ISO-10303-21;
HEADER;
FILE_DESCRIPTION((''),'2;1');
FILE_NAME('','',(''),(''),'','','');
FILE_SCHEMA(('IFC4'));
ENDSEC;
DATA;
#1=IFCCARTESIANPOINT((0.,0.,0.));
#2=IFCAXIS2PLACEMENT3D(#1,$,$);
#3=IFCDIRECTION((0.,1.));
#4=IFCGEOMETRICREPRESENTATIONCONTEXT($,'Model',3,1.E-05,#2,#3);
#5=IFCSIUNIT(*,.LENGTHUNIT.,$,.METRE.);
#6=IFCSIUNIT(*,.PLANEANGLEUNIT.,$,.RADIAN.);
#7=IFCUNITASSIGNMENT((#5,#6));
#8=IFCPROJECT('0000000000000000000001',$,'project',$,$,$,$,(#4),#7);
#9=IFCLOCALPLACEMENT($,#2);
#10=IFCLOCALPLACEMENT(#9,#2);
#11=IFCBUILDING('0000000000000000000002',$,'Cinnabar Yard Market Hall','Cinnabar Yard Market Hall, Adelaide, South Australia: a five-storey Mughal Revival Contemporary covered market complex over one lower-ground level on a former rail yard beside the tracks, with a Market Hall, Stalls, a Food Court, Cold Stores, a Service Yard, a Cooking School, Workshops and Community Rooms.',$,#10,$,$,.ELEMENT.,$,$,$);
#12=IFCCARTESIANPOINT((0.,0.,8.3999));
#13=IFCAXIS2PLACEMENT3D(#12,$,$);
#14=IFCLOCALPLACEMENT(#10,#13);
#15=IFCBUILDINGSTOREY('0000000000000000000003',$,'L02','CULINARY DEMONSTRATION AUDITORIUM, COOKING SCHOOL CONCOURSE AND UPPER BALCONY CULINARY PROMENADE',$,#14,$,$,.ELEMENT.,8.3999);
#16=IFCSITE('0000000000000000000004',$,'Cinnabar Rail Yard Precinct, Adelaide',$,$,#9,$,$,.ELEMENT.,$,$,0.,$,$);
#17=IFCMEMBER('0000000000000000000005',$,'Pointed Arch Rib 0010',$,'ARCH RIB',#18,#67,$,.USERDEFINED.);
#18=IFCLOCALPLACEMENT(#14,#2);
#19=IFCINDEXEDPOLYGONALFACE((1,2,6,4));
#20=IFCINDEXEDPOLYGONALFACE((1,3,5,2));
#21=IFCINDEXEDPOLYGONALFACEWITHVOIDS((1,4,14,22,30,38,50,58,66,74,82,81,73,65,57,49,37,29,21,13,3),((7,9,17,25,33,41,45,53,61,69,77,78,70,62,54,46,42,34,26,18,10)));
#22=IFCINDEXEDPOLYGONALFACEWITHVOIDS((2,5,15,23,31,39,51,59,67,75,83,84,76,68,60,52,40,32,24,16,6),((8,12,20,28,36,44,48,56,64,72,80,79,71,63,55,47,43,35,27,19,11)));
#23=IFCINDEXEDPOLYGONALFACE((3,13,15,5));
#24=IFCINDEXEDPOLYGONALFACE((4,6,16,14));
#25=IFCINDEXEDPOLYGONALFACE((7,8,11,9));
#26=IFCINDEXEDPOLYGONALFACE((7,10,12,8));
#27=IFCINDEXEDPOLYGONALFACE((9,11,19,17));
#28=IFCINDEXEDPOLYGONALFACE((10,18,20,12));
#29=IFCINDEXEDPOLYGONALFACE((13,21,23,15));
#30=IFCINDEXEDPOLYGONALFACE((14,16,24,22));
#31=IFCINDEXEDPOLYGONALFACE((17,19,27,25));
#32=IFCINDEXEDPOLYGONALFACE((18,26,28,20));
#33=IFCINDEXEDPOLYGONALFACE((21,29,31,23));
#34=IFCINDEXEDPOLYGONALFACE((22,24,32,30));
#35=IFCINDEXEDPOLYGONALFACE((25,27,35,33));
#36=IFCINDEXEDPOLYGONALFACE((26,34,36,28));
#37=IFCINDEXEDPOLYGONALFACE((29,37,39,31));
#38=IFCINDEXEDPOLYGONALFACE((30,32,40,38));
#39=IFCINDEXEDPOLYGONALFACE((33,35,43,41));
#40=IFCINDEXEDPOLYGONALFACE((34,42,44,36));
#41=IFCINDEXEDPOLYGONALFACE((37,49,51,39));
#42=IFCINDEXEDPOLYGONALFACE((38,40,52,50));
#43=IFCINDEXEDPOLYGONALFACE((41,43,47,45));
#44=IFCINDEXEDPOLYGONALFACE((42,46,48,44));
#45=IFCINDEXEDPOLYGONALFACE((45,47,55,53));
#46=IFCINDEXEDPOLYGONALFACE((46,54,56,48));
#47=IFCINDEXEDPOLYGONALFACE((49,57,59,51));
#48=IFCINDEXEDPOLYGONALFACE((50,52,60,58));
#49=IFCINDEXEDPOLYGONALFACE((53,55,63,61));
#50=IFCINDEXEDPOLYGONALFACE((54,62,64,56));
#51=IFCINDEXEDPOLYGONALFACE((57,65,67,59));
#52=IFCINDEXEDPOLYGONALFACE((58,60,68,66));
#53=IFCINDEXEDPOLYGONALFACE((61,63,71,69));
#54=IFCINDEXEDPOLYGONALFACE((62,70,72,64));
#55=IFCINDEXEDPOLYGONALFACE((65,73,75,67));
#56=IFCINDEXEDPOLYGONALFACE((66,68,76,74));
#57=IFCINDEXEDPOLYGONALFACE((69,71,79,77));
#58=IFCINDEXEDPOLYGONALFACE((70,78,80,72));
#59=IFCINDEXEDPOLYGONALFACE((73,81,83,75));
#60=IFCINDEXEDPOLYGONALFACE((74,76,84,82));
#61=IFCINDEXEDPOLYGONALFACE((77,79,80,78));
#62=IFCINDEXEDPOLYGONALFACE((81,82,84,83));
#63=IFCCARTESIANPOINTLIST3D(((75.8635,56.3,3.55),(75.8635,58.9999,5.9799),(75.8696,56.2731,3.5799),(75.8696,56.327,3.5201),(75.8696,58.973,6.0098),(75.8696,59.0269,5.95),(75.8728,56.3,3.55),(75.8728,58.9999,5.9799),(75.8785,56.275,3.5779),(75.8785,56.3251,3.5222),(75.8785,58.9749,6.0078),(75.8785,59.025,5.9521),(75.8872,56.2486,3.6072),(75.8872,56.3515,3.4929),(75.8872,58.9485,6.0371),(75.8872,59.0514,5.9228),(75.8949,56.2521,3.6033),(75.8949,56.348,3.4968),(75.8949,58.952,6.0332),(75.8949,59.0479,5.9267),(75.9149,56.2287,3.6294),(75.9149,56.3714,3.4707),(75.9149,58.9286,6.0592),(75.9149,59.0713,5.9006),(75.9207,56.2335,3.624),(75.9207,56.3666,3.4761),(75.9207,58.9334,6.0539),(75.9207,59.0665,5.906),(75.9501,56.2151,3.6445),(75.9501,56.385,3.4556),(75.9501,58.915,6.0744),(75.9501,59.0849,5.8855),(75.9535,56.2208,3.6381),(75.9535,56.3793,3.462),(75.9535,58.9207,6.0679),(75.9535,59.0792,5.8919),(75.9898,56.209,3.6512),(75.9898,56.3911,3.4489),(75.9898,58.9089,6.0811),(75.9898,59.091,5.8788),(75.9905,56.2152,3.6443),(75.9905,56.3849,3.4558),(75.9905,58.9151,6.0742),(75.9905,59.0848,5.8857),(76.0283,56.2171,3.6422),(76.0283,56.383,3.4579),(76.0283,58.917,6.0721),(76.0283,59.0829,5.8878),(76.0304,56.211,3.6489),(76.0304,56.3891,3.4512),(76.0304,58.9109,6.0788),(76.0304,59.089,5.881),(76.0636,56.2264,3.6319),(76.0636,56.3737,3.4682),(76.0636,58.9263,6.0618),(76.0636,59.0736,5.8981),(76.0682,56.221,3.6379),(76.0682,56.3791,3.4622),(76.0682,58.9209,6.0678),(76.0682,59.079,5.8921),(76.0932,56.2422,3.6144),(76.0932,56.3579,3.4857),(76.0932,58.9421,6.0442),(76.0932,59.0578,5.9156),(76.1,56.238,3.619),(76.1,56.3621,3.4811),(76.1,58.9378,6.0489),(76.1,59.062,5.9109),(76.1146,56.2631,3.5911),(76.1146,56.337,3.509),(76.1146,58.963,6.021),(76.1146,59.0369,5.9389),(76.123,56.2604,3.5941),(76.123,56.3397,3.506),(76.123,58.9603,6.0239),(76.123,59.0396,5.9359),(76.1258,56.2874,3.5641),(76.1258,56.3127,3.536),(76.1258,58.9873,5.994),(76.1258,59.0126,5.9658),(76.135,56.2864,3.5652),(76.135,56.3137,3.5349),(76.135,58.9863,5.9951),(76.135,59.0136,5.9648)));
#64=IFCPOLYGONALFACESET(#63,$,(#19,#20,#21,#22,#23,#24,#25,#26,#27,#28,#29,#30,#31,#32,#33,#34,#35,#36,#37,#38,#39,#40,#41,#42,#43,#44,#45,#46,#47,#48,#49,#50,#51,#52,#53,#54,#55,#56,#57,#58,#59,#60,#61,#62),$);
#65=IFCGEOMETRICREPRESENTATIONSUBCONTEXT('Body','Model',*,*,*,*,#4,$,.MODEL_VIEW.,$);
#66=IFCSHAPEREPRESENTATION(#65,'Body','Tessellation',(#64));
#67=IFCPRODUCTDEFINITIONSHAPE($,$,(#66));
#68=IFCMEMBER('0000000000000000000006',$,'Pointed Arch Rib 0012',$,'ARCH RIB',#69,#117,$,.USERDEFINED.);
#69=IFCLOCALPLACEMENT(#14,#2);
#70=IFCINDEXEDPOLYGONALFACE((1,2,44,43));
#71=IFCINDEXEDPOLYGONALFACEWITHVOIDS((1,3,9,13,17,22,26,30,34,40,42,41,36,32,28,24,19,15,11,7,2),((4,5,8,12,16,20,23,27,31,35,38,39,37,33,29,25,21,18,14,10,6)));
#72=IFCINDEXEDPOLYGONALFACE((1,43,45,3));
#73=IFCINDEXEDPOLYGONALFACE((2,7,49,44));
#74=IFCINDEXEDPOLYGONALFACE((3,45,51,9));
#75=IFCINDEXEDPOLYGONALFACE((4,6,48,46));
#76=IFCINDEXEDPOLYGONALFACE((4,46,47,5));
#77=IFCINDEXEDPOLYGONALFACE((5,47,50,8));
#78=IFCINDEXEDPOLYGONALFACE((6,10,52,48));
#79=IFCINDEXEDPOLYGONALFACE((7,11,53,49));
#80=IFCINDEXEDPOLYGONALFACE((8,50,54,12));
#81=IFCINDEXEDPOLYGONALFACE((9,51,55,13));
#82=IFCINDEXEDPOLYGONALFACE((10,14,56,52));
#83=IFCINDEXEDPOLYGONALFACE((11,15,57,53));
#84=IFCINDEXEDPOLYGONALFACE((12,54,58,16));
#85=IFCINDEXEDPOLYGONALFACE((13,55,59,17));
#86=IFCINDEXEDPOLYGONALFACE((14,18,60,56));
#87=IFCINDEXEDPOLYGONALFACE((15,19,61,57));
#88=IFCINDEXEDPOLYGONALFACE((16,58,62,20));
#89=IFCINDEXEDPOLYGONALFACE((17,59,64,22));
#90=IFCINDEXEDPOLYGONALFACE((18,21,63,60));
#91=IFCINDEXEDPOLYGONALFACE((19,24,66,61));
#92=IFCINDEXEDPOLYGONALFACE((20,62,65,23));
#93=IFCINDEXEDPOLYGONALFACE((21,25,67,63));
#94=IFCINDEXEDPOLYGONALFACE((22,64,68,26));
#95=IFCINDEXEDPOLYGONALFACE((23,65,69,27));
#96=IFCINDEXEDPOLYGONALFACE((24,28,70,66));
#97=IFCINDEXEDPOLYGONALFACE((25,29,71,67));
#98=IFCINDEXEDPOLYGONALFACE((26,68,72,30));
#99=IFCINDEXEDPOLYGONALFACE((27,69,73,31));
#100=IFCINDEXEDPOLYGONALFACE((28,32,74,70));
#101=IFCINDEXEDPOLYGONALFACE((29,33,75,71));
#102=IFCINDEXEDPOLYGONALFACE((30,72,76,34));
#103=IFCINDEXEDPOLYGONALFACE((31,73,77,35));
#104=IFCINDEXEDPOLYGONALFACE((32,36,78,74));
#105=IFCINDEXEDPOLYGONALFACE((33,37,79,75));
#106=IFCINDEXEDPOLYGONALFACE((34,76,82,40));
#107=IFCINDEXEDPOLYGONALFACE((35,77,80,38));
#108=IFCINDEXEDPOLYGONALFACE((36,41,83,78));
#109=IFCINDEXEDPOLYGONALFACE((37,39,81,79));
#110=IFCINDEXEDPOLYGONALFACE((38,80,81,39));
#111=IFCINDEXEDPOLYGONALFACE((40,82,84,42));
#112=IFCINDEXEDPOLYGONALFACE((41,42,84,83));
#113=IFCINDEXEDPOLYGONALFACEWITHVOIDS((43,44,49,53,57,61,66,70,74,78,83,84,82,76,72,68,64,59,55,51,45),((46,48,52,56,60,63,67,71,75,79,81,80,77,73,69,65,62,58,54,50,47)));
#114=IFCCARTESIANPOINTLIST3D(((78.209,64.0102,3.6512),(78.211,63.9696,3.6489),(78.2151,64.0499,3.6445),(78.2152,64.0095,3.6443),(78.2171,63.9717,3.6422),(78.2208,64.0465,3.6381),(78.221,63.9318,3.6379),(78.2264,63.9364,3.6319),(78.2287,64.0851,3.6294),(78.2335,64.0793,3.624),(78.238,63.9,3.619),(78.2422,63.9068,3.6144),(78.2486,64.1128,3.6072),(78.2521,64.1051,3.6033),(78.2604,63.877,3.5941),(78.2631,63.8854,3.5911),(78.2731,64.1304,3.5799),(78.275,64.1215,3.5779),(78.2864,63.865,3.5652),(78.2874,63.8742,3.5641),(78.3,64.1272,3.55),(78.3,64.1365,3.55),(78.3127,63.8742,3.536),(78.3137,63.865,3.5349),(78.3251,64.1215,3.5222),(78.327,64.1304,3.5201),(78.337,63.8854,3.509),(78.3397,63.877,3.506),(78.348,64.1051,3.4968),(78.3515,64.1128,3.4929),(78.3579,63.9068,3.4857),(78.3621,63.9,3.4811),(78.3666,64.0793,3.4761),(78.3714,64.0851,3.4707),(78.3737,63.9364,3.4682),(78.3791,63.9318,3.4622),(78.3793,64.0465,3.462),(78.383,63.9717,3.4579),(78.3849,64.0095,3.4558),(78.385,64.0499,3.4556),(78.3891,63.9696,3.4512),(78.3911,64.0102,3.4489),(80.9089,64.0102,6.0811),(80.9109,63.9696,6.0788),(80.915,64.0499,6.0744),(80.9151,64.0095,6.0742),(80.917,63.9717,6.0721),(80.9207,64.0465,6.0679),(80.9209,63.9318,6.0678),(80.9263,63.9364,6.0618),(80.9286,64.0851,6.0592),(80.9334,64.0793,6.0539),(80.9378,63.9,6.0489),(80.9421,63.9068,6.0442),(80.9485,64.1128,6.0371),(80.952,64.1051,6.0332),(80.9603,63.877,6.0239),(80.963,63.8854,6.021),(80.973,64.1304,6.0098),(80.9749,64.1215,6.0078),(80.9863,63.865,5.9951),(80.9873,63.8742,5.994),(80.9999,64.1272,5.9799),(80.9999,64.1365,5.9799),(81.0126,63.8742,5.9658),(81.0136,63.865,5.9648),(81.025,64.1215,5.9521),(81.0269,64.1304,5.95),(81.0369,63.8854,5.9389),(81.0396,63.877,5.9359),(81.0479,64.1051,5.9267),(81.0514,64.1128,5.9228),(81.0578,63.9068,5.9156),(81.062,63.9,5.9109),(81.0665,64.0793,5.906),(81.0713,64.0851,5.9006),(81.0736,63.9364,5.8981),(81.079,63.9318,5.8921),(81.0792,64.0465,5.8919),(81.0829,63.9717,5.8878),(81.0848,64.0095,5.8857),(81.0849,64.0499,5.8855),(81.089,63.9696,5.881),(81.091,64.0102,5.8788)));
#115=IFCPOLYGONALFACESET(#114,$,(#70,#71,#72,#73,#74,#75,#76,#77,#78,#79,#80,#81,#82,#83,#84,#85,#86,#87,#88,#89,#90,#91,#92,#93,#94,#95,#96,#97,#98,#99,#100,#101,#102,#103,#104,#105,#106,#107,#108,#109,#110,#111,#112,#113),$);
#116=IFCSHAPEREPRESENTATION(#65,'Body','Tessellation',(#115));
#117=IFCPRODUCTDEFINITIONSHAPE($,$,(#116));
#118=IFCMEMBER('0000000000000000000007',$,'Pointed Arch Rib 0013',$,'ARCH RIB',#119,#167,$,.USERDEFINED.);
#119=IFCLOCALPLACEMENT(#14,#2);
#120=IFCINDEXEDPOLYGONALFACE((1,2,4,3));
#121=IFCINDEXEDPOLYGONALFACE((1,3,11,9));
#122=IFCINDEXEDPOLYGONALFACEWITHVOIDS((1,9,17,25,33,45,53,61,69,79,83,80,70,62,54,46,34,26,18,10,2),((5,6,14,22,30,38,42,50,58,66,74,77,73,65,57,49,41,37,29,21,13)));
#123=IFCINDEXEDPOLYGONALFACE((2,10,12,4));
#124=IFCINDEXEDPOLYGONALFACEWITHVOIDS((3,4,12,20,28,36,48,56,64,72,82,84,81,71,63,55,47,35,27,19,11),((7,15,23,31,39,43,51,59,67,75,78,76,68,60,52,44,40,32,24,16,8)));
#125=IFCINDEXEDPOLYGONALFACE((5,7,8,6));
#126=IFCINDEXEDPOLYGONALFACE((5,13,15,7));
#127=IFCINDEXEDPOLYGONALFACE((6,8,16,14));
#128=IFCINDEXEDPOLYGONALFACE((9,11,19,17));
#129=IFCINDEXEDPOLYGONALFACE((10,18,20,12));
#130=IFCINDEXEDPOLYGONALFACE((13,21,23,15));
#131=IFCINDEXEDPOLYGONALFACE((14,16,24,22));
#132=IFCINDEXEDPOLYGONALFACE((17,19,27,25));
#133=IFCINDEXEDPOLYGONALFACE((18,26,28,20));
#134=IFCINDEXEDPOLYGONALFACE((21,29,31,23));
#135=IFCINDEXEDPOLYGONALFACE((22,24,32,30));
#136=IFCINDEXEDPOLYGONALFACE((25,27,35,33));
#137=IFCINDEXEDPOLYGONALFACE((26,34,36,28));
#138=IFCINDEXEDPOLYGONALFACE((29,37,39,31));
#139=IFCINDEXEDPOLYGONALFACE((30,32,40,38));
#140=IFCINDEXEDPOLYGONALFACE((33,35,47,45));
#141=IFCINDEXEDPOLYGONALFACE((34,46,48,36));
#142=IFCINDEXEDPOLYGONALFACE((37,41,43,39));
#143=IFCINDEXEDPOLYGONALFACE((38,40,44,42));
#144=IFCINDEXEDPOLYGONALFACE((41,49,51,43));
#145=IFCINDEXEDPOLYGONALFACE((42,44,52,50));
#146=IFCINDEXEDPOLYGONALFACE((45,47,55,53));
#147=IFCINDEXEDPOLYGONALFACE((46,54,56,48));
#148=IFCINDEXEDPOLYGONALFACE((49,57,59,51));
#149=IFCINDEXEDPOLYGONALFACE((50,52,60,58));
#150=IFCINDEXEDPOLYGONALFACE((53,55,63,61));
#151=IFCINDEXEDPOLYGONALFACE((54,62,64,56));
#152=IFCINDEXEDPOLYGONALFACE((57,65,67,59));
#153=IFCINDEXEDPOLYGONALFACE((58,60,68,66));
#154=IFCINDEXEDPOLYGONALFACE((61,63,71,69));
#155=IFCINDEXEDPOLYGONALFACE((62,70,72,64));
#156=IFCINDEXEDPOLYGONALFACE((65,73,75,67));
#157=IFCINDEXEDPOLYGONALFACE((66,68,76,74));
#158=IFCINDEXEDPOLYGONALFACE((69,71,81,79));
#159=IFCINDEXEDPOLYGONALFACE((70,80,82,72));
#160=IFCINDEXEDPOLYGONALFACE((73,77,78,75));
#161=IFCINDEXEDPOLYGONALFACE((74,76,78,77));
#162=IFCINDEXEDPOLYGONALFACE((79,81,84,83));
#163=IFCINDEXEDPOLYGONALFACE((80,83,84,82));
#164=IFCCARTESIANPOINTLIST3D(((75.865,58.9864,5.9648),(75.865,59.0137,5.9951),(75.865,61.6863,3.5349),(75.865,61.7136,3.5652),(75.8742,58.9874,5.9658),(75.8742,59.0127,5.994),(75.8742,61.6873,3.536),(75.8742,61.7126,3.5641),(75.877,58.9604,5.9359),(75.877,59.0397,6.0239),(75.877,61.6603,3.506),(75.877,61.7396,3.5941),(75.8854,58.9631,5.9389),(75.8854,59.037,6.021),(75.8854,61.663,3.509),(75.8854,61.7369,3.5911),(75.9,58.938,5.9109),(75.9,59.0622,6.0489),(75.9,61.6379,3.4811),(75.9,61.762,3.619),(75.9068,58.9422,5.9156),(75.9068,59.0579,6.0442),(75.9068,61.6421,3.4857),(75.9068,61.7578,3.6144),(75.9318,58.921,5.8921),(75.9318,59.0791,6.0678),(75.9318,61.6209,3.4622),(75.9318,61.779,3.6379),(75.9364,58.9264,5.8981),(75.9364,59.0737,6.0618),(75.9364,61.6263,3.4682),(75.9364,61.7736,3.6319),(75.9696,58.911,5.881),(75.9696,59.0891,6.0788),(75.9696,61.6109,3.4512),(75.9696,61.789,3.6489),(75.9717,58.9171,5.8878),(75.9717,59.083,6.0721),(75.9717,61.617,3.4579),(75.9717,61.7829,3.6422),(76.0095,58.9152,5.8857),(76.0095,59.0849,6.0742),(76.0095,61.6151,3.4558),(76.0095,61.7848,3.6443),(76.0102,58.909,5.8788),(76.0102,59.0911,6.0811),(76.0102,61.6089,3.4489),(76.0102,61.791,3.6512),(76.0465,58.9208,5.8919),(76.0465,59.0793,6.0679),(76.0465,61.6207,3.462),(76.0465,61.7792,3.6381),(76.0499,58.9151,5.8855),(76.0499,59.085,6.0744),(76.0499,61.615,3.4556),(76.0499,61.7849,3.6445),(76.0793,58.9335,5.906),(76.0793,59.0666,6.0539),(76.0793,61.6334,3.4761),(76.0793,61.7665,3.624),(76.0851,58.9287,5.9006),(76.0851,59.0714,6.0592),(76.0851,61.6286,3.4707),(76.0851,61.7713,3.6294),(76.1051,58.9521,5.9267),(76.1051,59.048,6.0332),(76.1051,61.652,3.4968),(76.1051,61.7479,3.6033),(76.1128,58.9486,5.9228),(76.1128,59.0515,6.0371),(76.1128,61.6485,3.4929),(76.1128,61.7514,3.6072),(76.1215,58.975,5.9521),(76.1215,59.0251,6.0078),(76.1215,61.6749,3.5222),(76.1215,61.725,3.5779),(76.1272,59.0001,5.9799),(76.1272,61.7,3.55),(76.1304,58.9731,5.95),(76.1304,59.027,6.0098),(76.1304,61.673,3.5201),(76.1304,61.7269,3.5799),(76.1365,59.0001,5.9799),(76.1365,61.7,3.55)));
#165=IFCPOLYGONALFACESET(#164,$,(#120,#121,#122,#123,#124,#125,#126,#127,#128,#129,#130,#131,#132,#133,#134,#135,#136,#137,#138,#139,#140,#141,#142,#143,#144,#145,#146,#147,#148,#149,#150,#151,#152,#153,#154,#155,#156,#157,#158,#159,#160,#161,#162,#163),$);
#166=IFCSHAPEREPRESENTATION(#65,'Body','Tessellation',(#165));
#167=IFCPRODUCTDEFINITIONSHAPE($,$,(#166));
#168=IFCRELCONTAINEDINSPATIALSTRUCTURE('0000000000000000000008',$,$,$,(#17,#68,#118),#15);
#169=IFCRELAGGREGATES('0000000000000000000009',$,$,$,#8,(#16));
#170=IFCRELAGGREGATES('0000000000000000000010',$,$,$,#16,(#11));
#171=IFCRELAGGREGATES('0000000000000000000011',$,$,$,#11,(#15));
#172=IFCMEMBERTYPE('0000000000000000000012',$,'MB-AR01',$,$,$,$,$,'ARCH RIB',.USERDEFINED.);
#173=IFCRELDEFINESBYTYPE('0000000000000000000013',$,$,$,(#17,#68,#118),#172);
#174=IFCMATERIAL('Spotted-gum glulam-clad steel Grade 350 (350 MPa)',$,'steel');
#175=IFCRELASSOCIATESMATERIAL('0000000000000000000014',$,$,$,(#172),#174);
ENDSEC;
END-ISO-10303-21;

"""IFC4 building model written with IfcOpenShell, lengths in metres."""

from ifc_helpers import new_model, si_unit, direction, frame, origin, origin_2d_with_axis, place, context, subcontext, project, spatial, hollow_circle, extrude, material, material_profile, profile_set, type_object, element, save


model = new_model("IFC4")

# Units and contexts
model_context = context("Model", 3, precision=1e-05, world=origin(), true_north=direction((0.0, 1.0)))
body_context = subcontext(model_context, "Body", "Model", "MODEL_VIEW")
ifc_project = project(units=[si_unit("LENGTHUNIT", "METRE"), si_unit("PLANEANGLEUNIT", "RADIAN")], contexts=[model_context])

# Site, building, storey
site_placement = place(None, origin())
site = spatial("IfcSite", under=ifc_project, at=site_placement, Name="Cinnabar Rail Yard Precinct, Adelaide", CompositionType="ELEMENT", RefElevation=0.0)
building_placement = place(site_placement, origin())
building = spatial("IfcBuilding", under=site, at=building_placement, Name="Cinnabar Yard Market Hall", Description="Cinnabar Yard Market Hall, Adelaide, South Australia: a five-storey Mughal Revival Contemporary covered market complex over one lower-ground level on a former rail yard beside the tracks, with a Market Hall, Stalls, a Food Court, Cold Stores, a Service Yard, a Cooking School, Workshops and Community Rooms.", CompositionType="ELEMENT")
storey_placement = place(building_placement, frame((0.0, 0.0, 8.3999)))
storey = spatial("IfcBuildingStorey", under=building, at=storey_placement, Name="L02", Description="CULINARY DEMONSTRATION AUDITORIUM, COOKING SCHOOL CONCOURSE AND UPPER BALCONY CULINARY PROMENADE", CompositionType="ELEMENT", Elevation=8.3999)

# Shared definitions
ifc_material_1 = material(Name="Spotted-gum glulam-clad steel Grade 350 (350 MPa)", Category="steel")

# Members
ifc_material_profile_1 = material_profile(ifc_material_1, hollow_circle(Radius=0.1365, WallThickness=0.0093, at=origin_2d_with_axis()), Name="273.1x9.3CHS")
ifc_profile_set_1 = profile_set([ifc_material_profile_1], Name="Spotted-gum glulam-clad steel Grade 350 (350 MPa)")
member_type_1 = type_object("IfcMemberType", Name="MB-AR01", ElementType="ARCH RIB", PredefinedType="USERDEFINED", material=ifc_profile_set_1)
for number, where, z_axis, x_axis, name in (
    (1, (76.0, 56.3, 3.55), (0.0, 0.743297, 0.668961), (-1.0, 0.0, 0.0), "Pointed Arch Rib 0010"),
    (2, (78.3, 64.0, 3.55), (0.743297, 0.0, 0.668961), (0.0, 1.0, 0.0), "Pointed Arch Rib 0012"),
    (3, (76.0, 61.7, 3.55), (0.0, -0.743297, 0.668961), (1.0, 0.0, 0.0), "Pointed Arch Rib 0013"),
):
    element("IfcMember", number, at=place(storey_placement, frame(where, z_axis=z_axis, x_axis=x_axis)), inside=storey, type_object=member_type_1, Name=name, ObjectType="ARCH RIB", PredefinedType="USERDEFINED", context=body_context, shape_type="SweptSolid", body=[
        extrude(hollow_circle(Radius=0.1365, WallThickness=0.0093, at=origin_2d_with_axis()), origin(), (0.0, 0.0, 1.0), 3.6323),
    ])

save(model, "model.ifc")
